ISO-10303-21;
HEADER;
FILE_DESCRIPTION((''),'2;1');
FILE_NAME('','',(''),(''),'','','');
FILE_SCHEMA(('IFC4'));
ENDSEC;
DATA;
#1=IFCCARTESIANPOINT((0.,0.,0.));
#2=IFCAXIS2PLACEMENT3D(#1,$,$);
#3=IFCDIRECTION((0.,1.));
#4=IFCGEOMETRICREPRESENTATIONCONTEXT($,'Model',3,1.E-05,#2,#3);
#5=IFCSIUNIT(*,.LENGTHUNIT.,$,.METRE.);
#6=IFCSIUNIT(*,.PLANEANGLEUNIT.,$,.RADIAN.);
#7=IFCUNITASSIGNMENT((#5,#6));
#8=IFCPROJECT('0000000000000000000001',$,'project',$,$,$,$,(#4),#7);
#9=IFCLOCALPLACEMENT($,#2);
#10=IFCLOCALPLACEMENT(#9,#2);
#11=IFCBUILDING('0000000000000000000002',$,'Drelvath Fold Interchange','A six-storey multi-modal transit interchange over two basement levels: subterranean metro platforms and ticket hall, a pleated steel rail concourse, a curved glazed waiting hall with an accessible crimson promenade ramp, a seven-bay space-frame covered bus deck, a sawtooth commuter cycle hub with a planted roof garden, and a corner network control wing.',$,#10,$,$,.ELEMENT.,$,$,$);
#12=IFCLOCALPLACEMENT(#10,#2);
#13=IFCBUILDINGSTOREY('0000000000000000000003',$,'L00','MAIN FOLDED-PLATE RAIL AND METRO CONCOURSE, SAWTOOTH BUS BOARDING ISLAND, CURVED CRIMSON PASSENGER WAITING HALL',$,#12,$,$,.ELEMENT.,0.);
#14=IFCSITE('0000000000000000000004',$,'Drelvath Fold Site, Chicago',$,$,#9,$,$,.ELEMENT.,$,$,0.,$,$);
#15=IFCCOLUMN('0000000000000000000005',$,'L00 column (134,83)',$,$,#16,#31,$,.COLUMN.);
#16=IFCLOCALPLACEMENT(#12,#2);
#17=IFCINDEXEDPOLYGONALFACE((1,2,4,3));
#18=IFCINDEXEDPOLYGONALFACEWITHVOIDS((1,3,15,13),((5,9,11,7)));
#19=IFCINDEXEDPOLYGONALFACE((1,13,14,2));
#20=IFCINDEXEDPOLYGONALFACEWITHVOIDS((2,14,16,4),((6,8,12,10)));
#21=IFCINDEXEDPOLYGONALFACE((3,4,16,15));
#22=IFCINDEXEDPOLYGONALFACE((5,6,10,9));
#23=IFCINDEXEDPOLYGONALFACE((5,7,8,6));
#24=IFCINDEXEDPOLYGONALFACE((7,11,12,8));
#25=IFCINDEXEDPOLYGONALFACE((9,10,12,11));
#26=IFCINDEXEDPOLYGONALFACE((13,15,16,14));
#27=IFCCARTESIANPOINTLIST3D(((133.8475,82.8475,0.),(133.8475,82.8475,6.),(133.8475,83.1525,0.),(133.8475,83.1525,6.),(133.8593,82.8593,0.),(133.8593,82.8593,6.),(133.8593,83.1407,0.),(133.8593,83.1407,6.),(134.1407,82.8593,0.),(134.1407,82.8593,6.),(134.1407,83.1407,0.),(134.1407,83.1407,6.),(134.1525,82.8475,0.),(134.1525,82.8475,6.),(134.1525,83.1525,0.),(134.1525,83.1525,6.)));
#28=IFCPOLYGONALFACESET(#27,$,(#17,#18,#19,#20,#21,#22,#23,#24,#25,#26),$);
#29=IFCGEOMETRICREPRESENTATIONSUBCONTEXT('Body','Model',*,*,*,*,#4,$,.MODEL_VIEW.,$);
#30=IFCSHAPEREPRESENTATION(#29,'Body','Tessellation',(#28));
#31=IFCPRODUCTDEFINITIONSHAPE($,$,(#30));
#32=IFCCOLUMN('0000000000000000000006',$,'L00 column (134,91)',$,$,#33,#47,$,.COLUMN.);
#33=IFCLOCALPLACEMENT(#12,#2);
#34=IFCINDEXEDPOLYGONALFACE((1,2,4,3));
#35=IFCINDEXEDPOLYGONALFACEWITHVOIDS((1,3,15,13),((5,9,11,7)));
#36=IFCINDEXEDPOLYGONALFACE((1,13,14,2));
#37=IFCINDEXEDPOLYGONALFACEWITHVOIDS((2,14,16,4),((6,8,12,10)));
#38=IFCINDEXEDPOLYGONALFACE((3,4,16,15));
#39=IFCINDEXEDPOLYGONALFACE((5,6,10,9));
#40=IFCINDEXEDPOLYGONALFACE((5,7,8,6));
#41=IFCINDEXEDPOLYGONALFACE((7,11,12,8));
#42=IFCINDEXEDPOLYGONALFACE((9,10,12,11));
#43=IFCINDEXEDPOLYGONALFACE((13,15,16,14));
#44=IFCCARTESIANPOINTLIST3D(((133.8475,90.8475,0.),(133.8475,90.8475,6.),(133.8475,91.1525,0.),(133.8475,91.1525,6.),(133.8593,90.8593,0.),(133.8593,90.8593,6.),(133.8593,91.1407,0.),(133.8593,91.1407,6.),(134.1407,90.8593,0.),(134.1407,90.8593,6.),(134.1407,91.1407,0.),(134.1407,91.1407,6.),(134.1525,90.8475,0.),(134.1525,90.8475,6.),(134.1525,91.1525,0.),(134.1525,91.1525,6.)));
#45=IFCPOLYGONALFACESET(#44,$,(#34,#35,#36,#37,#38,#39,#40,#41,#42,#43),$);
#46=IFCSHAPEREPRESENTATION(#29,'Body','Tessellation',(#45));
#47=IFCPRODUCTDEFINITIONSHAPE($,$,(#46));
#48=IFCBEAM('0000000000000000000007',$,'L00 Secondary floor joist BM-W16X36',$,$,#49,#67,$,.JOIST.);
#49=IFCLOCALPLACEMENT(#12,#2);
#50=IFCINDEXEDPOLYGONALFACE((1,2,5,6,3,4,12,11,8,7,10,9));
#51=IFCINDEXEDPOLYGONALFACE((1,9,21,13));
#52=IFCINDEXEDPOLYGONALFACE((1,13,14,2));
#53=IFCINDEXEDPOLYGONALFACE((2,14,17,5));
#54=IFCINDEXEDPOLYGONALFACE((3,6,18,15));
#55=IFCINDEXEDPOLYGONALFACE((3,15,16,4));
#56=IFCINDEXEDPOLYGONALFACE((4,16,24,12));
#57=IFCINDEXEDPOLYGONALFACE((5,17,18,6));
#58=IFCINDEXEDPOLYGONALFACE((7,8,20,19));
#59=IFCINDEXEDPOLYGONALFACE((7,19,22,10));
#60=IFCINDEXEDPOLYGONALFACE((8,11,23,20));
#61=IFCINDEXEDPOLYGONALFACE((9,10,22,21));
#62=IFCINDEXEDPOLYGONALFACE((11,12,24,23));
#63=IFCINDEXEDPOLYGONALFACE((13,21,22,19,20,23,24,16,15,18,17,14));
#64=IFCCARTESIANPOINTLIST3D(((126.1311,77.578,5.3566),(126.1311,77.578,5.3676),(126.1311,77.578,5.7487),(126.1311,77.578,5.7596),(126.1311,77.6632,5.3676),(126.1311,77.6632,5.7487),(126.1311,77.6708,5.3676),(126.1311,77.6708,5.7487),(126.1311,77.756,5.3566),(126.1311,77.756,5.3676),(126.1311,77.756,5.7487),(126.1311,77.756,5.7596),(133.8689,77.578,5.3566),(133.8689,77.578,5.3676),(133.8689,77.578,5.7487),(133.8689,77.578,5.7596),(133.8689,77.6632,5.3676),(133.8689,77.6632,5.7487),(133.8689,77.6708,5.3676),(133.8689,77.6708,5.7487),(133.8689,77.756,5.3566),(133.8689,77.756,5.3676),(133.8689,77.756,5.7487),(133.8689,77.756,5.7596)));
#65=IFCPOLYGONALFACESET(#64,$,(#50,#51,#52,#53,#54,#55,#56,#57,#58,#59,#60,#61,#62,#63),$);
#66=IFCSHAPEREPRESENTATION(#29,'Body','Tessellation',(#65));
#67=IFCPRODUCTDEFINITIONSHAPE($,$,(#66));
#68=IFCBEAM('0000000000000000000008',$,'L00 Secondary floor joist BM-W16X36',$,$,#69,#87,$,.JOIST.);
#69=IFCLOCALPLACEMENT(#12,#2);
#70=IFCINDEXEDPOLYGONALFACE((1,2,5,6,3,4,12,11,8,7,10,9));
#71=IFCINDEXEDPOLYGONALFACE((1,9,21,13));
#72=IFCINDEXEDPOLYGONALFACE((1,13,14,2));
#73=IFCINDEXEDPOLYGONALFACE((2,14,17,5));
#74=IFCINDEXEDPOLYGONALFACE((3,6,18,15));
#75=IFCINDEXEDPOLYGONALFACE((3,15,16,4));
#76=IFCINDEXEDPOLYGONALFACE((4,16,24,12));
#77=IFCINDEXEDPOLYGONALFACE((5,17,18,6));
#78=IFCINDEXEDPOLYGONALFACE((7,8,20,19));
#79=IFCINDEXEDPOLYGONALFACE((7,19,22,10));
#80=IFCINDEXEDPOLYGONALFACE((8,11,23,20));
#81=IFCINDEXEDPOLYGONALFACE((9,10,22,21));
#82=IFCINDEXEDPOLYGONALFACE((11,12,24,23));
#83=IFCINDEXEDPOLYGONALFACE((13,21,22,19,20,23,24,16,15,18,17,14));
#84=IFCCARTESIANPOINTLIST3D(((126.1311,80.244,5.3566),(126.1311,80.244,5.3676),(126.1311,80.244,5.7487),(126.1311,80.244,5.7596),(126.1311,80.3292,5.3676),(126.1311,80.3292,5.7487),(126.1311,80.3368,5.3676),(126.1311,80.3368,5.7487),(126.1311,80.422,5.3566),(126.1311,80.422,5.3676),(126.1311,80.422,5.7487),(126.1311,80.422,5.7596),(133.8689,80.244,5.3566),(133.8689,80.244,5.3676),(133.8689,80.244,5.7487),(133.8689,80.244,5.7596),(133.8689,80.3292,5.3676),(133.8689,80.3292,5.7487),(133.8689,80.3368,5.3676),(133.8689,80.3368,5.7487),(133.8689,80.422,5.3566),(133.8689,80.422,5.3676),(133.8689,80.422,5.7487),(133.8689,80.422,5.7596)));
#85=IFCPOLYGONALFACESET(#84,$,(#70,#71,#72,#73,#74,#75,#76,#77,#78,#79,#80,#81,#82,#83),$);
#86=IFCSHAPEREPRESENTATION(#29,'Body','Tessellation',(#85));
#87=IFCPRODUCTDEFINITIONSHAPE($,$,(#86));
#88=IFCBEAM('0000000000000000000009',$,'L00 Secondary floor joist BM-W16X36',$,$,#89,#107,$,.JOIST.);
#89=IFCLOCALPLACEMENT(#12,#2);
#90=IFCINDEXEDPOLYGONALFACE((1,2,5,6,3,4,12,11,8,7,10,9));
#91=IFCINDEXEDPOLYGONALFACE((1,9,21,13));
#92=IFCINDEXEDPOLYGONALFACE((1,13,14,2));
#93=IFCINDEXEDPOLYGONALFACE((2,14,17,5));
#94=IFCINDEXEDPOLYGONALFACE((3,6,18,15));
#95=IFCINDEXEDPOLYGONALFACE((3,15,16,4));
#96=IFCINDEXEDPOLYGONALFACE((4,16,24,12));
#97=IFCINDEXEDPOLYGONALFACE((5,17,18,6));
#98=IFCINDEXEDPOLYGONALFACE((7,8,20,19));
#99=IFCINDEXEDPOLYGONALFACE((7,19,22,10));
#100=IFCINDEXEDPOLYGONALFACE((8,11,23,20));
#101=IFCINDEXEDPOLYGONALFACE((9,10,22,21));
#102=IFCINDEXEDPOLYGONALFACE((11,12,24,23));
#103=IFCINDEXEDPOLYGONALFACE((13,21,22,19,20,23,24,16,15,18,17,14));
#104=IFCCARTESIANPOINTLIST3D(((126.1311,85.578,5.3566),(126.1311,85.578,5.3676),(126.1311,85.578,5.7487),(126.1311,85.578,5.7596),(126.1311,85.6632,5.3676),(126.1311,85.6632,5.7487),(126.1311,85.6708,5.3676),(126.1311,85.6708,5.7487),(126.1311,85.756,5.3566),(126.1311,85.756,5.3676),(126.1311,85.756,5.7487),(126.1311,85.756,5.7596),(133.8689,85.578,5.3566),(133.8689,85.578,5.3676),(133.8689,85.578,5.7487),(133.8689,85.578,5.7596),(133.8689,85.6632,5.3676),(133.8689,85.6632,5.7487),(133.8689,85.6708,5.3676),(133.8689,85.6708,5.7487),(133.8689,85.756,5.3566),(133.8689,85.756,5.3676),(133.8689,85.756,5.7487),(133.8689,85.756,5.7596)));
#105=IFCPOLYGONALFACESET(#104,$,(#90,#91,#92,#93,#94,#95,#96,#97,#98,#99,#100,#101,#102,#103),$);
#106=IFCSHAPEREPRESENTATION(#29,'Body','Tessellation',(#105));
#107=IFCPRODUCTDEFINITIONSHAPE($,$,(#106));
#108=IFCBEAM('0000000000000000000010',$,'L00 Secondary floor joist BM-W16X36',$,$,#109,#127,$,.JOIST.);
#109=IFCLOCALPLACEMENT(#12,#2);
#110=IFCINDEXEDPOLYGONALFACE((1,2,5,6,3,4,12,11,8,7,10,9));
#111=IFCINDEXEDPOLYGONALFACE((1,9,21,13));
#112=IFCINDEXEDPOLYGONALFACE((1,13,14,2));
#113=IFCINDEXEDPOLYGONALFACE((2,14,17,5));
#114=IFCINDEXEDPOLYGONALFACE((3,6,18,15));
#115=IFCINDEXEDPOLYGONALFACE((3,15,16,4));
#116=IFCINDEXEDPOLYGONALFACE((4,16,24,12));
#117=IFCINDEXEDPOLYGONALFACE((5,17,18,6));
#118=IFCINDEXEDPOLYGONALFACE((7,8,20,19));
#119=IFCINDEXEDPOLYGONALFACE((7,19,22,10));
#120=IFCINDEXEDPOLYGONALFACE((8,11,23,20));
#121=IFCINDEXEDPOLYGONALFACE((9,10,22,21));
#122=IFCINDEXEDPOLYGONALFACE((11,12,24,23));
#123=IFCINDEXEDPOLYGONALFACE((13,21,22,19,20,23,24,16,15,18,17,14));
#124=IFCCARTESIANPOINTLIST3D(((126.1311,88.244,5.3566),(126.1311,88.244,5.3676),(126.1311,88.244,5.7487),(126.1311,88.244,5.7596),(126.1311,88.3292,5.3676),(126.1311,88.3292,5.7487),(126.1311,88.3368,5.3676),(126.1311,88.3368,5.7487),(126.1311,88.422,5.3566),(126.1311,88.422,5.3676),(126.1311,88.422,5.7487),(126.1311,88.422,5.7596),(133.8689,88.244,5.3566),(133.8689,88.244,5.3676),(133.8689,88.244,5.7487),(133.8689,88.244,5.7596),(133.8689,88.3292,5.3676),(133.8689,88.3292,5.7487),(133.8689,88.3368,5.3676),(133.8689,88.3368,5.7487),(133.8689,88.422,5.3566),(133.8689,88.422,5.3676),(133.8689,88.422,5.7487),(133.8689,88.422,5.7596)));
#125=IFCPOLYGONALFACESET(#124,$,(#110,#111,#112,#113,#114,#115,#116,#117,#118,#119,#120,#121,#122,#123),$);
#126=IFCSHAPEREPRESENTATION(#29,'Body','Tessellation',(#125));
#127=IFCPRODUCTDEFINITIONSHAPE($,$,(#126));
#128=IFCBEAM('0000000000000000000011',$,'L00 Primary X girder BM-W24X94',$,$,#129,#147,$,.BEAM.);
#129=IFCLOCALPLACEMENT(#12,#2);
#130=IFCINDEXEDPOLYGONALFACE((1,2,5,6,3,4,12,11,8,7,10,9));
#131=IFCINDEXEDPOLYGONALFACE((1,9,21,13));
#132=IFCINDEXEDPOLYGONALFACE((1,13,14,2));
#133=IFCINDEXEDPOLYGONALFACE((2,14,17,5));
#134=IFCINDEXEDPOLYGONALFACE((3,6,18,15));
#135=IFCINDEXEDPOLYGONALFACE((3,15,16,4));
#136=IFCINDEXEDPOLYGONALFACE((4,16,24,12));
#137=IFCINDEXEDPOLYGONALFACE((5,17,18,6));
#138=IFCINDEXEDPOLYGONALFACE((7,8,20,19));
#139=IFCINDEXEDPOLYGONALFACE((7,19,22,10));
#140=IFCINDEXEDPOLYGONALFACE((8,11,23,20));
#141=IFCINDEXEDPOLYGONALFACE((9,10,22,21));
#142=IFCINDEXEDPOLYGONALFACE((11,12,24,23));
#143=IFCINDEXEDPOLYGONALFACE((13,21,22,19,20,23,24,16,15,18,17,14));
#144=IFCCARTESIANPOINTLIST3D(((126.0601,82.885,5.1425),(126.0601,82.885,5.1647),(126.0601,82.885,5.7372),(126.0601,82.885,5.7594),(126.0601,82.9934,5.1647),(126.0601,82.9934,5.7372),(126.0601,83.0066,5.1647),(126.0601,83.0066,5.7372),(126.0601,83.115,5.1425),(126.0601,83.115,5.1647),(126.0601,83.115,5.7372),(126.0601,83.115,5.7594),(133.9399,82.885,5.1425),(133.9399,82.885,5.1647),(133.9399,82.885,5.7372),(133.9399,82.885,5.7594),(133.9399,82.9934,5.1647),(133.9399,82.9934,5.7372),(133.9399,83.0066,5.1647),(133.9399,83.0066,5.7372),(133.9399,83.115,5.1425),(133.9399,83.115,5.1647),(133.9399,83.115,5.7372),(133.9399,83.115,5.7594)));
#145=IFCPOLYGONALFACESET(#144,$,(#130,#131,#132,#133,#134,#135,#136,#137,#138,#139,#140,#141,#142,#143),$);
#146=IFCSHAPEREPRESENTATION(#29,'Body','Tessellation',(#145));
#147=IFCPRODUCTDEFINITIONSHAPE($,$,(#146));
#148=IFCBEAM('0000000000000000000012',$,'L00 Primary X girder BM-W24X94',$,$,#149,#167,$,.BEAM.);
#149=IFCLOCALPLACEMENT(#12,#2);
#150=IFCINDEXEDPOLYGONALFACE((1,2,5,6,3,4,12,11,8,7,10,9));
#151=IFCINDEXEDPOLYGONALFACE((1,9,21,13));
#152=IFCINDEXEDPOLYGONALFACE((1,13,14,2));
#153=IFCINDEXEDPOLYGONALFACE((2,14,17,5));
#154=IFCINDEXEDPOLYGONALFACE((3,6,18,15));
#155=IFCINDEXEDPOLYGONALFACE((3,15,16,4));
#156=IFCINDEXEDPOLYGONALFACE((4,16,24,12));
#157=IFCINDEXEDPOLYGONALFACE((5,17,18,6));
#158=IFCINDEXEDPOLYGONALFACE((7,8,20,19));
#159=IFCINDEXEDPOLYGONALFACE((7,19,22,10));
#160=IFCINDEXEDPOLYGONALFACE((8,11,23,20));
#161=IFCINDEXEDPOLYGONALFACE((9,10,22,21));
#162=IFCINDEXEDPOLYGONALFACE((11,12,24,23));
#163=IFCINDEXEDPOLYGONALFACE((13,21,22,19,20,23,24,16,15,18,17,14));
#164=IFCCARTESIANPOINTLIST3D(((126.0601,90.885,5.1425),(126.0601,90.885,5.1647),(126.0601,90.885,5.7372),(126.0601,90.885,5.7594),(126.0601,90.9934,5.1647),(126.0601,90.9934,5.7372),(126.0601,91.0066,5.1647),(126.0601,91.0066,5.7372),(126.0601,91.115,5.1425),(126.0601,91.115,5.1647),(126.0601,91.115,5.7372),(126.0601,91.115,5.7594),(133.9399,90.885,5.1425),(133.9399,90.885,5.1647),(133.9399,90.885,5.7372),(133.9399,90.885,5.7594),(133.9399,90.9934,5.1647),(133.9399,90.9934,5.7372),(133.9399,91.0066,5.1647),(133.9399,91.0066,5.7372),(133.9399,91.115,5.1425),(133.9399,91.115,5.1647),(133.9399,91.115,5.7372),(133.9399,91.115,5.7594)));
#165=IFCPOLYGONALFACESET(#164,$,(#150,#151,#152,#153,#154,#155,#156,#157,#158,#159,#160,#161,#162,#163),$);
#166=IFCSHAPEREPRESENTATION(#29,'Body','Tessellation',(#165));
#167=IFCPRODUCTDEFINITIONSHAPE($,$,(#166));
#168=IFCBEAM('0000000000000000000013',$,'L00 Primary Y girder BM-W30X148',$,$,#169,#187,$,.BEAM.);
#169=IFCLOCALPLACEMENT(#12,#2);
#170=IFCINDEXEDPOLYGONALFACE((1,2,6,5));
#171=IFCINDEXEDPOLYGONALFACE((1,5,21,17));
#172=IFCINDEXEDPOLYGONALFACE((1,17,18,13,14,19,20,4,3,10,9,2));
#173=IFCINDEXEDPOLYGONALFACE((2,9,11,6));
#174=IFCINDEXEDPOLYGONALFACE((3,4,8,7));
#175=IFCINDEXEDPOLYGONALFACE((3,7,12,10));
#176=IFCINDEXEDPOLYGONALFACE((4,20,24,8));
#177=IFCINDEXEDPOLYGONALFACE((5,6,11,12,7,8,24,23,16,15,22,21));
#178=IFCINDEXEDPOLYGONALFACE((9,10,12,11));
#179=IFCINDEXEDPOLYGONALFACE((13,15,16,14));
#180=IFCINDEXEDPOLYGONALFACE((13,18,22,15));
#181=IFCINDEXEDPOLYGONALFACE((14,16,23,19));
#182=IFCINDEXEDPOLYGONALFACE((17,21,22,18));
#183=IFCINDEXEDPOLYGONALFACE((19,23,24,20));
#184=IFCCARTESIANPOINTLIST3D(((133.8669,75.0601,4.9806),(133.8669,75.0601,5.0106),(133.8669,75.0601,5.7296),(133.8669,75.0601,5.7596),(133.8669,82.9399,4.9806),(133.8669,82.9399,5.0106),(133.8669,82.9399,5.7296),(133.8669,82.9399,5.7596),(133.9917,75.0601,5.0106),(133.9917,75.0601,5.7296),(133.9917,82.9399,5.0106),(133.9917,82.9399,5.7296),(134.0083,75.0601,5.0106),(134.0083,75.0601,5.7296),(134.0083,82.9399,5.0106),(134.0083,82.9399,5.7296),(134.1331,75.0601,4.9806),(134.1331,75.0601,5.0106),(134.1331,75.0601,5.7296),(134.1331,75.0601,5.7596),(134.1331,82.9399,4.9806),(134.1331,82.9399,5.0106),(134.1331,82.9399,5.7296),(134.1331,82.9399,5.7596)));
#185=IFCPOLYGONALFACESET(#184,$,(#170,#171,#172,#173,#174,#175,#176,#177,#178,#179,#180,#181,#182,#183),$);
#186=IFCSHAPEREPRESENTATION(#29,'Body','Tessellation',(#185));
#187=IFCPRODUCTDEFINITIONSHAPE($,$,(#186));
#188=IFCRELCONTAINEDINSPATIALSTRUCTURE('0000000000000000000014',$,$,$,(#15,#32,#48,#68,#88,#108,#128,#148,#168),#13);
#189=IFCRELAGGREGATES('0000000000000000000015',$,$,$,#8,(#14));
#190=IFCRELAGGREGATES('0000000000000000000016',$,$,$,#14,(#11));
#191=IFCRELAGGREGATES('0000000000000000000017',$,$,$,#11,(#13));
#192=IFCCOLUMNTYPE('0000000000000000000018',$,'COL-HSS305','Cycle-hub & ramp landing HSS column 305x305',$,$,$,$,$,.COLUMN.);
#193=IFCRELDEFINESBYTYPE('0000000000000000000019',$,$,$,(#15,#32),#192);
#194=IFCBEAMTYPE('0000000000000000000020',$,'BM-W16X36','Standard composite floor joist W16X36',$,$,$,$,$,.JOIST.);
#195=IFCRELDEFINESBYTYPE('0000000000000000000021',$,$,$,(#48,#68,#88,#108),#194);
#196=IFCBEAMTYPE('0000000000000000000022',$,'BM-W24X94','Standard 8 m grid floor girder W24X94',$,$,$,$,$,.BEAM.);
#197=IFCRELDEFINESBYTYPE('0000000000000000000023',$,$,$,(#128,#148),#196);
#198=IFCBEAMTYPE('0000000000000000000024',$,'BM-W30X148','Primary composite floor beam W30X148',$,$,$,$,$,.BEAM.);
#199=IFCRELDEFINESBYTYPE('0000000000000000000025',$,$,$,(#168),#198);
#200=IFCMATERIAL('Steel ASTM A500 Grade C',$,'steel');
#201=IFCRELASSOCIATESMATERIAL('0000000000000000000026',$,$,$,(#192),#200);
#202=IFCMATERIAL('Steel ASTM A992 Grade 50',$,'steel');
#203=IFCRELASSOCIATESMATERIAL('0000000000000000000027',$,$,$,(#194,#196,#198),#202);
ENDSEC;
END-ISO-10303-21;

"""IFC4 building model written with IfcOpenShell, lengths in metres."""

from ifc_helpers import new_model, si_unit, direction, frame, origin, origin_2d, place, context, subcontext, project, spatial, hollow_rectangle, i_section, extrude, material, material_profile, profile_set, type_object, element, save


model = new_model("IFC4")

# Units and contexts
model_context = context("Model", 3, precision=1e-05, world=origin(), true_north=direction((0.0, 1.0)))
body_context = subcontext(model_context, "Body", "Model", "MODEL_VIEW")
ifc_project = project(units=[si_unit("LENGTHUNIT", "METRE"), si_unit("PLANEANGLEUNIT", "RADIAN")], contexts=[model_context])

# Site, building, storey
site_placement = place(None, origin())
site = spatial("IfcSite", under=ifc_project, at=site_placement, Name="Drelvath Fold Site, Chicago", CompositionType="ELEMENT", RefElevation=0.0)
building_placement = place(site_placement, origin())
building = spatial("IfcBuilding", under=site, at=building_placement, Name="Drelvath Fold Interchange", Description="A six-storey multi-modal transit interchange over two basement levels: subterranean metro platforms and ticket hall, a pleated steel rail concourse, a curved glazed waiting hall with an accessible crimson promenade ramp, a seven-bay space-frame covered bus deck, a sawtooth commuter cycle hub with a planted roof garden, and a corner network control wing.", CompositionType="ELEMENT")
storey_placement = place(building_placement, origin())
storey = spatial("IfcBuildingStorey", under=building, at=storey_placement, Name="L00", Description="MAIN FOLDED-PLATE RAIL AND METRO CONCOURSE, SAWTOOTH BUS BOARDING ISLAND, CURVED CRIMSON PASSENGER WAITING HALL", CompositionType="ELEMENT", Elevation=0.0)

# Columns
ifc_material_1 = material(Name="Steel ASTM A500 Grade C", Category="steel")
ifc_material_profile_1 = material_profile(ifc_material_1, hollow_rectangle(XDim=0.3049, YDim=0.3049, WallThickness=0.0117, at=origin_2d()), Name="HSS12X12X1/2")
ifc_profile_set_1 = profile_set([ifc_material_profile_1], Name="Steel ASTM A500 Grade C")
column_type = type_object("IfcColumnType", Name="COL-HSS305", Description="Cycle-hub & ramp landing HSS column 305x305", PredefinedType="COLUMN", material=ifc_profile_set_1)
for number, where, z_axis, x_axis, name in (
    (1, (134.0, 83.0, 0.0), (0.0, 0.0, 1.0), (1.0, 0.0, 0.0), "L00 column (134,83)"),
    (2, (134.0, 91.0, 0.0), (0.0, 0.0, 1.0), (1.0, 0.0, 0.0), "L00 column (134,91)"),
):
    element("IfcColumn", number, at=place(storey_placement, frame(where, z_axis=z_axis, x_axis=x_axis)), inside=storey, type_object=column_type, Name=name, PredefinedType="COLUMN", context=body_context, shape_type="SweptSolid", body=[
        extrude(hollow_rectangle(XDim=0.3049, YDim=0.3049, WallThickness=0.0117, at=origin_2d()), origin(), (0.0, 0.0, 1.0), 6.0),
    ])

# Beams
ifc_material_2 = material(Name="Steel ASTM A992 Grade 50", Category="steel")
ifc_material_profile_2 = material_profile(ifc_material_2, i_section(OverallWidth=0.178, OverallDepth=0.4031, WebThickness=0.0076, FlangeThickness=0.011, at=origin_2d()), Name="W16X36")
ifc_profile_set_2 = profile_set([ifc_material_profile_2], Name="Steel ASTM A992 Grade 50")
beam_type_1 = type_object("IfcBeamType", Name="BM-W16X36", Description="Standard composite floor joist W16X36", PredefinedType="JOIST", material=ifc_profile_set_2)
for number, where, z_axis, x_axis, name in (
    (3, (126.1311, 77.667, 5.5581), (1.0, 0.0, 0.0), (0.0, 1.0, 0.0), "L00 Secondary floor joist BM-W16X36"),
    (4, (126.1311, 80.333, 5.5581), (1.0, 0.0, 0.0), (0.0, 1.0, 0.0), "L00 Secondary floor joist BM-W16X36"),
    (5, (126.1311, 85.667, 5.5581), (1.0, 0.0, 0.0), (0.0, 1.0, 0.0), "L00 Secondary floor joist BM-W16X36"),
    (6, (126.1311, 88.333, 5.5581), (1.0, 0.0, 0.0), (0.0, 1.0, 0.0), "L00 Secondary floor joist BM-W16X36"),
):
    element("IfcBeam", number, at=place(storey_placement, frame(where, z_axis=z_axis, x_axis=x_axis)), inside=storey, type_object=beam_type_1, Name=name, PredefinedType="JOIST", context=body_context, shape_type="SweptSolid", body=[
        extrude(i_section(OverallWidth=0.178, OverallDepth=0.4031, WebThickness=0.0076, FlangeThickness=0.011, at=origin_2d()), origin(), (0.0, 0.0, 1.0), 7.7378),
    ])
ifc_material_profile_3 = material_profile(ifc_material_2, i_section(OverallWidth=0.23, OverallDepth=0.6169, WebThickness=0.0132, FlangeThickness=0.0222, at=origin_2d()), Name="W24X94")
ifc_profile_set_3 = profile_set([ifc_material_profile_3], Name="Steel ASTM A992 Grade 50")
beam_type_2 = type_object("IfcBeamType", Name="BM-W24X94", Description="Standard 8 m grid floor girder W24X94", PredefinedType="BEAM", material=ifc_profile_set_3)
for number, where, z_axis, x_axis, name in (
    (7, (126.0601, 83.0, 5.4509), (1.0, 0.0, 0.0), (0.0, 1.0, 0.0), "L00 Primary X girder BM-W24X94"),
    (8, (126.0601, 91.0, 5.4509), (1.0, 0.0, 0.0), (0.0, 1.0, 0.0), "L00 Primary X girder BM-W24X94"),
):
    element("IfcBeam", number, at=place(storey_placement, frame(where, z_axis=z_axis, x_axis=x_axis)), inside=storey, type_object=beam_type_2, Name=name, PredefinedType="BEAM", context=body_context, shape_type="SweptSolid", body=[
        extrude(i_section(OverallWidth=0.23, OverallDepth=0.6169, WebThickness=0.0132, FlangeThickness=0.0222, at=origin_2d()), origin(), (0.0, 0.0, 1.0), 7.8799),
    ])
ifc_material_profile_4 = material_profile(ifc_material_2, i_section(OverallWidth=0.2661, OverallDepth=0.7791, WebThickness=0.0166, FlangeThickness=0.03, at=origin_2d()), Name="W30X148")
ifc_profile_set_4 = profile_set([ifc_material_profile_4], Name="Steel ASTM A992 Grade 50")
beam_type_3 = type_object("IfcBeamType", Name="BM-W30X148", Description="Primary composite floor beam W30X148", PredefinedType="BEAM", material=ifc_profile_set_4)
for number, where, z_axis, x_axis, name in (
    (9, (134.0, 75.0601, 5.3701), (0.0, 1.0, 0.0), (-1.0, 0.0, 0.0), "L00 Primary Y girder BM-W30X148"),
):
    element("IfcBeam", number, at=place(storey_placement, frame(where, z_axis=z_axis, x_axis=x_axis)), inside=storey, type_object=beam_type_3, Name=name, PredefinedType="BEAM", context=body_context, shape_type="SweptSolid", body=[
        extrude(i_section(OverallWidth=0.2661, OverallDepth=0.7791, WebThickness=0.0166, FlangeThickness=0.03, at=origin_2d()), origin(), (0.0, 0.0, 1.0), 7.8799),
    ])

save(model, "model.ifc")
